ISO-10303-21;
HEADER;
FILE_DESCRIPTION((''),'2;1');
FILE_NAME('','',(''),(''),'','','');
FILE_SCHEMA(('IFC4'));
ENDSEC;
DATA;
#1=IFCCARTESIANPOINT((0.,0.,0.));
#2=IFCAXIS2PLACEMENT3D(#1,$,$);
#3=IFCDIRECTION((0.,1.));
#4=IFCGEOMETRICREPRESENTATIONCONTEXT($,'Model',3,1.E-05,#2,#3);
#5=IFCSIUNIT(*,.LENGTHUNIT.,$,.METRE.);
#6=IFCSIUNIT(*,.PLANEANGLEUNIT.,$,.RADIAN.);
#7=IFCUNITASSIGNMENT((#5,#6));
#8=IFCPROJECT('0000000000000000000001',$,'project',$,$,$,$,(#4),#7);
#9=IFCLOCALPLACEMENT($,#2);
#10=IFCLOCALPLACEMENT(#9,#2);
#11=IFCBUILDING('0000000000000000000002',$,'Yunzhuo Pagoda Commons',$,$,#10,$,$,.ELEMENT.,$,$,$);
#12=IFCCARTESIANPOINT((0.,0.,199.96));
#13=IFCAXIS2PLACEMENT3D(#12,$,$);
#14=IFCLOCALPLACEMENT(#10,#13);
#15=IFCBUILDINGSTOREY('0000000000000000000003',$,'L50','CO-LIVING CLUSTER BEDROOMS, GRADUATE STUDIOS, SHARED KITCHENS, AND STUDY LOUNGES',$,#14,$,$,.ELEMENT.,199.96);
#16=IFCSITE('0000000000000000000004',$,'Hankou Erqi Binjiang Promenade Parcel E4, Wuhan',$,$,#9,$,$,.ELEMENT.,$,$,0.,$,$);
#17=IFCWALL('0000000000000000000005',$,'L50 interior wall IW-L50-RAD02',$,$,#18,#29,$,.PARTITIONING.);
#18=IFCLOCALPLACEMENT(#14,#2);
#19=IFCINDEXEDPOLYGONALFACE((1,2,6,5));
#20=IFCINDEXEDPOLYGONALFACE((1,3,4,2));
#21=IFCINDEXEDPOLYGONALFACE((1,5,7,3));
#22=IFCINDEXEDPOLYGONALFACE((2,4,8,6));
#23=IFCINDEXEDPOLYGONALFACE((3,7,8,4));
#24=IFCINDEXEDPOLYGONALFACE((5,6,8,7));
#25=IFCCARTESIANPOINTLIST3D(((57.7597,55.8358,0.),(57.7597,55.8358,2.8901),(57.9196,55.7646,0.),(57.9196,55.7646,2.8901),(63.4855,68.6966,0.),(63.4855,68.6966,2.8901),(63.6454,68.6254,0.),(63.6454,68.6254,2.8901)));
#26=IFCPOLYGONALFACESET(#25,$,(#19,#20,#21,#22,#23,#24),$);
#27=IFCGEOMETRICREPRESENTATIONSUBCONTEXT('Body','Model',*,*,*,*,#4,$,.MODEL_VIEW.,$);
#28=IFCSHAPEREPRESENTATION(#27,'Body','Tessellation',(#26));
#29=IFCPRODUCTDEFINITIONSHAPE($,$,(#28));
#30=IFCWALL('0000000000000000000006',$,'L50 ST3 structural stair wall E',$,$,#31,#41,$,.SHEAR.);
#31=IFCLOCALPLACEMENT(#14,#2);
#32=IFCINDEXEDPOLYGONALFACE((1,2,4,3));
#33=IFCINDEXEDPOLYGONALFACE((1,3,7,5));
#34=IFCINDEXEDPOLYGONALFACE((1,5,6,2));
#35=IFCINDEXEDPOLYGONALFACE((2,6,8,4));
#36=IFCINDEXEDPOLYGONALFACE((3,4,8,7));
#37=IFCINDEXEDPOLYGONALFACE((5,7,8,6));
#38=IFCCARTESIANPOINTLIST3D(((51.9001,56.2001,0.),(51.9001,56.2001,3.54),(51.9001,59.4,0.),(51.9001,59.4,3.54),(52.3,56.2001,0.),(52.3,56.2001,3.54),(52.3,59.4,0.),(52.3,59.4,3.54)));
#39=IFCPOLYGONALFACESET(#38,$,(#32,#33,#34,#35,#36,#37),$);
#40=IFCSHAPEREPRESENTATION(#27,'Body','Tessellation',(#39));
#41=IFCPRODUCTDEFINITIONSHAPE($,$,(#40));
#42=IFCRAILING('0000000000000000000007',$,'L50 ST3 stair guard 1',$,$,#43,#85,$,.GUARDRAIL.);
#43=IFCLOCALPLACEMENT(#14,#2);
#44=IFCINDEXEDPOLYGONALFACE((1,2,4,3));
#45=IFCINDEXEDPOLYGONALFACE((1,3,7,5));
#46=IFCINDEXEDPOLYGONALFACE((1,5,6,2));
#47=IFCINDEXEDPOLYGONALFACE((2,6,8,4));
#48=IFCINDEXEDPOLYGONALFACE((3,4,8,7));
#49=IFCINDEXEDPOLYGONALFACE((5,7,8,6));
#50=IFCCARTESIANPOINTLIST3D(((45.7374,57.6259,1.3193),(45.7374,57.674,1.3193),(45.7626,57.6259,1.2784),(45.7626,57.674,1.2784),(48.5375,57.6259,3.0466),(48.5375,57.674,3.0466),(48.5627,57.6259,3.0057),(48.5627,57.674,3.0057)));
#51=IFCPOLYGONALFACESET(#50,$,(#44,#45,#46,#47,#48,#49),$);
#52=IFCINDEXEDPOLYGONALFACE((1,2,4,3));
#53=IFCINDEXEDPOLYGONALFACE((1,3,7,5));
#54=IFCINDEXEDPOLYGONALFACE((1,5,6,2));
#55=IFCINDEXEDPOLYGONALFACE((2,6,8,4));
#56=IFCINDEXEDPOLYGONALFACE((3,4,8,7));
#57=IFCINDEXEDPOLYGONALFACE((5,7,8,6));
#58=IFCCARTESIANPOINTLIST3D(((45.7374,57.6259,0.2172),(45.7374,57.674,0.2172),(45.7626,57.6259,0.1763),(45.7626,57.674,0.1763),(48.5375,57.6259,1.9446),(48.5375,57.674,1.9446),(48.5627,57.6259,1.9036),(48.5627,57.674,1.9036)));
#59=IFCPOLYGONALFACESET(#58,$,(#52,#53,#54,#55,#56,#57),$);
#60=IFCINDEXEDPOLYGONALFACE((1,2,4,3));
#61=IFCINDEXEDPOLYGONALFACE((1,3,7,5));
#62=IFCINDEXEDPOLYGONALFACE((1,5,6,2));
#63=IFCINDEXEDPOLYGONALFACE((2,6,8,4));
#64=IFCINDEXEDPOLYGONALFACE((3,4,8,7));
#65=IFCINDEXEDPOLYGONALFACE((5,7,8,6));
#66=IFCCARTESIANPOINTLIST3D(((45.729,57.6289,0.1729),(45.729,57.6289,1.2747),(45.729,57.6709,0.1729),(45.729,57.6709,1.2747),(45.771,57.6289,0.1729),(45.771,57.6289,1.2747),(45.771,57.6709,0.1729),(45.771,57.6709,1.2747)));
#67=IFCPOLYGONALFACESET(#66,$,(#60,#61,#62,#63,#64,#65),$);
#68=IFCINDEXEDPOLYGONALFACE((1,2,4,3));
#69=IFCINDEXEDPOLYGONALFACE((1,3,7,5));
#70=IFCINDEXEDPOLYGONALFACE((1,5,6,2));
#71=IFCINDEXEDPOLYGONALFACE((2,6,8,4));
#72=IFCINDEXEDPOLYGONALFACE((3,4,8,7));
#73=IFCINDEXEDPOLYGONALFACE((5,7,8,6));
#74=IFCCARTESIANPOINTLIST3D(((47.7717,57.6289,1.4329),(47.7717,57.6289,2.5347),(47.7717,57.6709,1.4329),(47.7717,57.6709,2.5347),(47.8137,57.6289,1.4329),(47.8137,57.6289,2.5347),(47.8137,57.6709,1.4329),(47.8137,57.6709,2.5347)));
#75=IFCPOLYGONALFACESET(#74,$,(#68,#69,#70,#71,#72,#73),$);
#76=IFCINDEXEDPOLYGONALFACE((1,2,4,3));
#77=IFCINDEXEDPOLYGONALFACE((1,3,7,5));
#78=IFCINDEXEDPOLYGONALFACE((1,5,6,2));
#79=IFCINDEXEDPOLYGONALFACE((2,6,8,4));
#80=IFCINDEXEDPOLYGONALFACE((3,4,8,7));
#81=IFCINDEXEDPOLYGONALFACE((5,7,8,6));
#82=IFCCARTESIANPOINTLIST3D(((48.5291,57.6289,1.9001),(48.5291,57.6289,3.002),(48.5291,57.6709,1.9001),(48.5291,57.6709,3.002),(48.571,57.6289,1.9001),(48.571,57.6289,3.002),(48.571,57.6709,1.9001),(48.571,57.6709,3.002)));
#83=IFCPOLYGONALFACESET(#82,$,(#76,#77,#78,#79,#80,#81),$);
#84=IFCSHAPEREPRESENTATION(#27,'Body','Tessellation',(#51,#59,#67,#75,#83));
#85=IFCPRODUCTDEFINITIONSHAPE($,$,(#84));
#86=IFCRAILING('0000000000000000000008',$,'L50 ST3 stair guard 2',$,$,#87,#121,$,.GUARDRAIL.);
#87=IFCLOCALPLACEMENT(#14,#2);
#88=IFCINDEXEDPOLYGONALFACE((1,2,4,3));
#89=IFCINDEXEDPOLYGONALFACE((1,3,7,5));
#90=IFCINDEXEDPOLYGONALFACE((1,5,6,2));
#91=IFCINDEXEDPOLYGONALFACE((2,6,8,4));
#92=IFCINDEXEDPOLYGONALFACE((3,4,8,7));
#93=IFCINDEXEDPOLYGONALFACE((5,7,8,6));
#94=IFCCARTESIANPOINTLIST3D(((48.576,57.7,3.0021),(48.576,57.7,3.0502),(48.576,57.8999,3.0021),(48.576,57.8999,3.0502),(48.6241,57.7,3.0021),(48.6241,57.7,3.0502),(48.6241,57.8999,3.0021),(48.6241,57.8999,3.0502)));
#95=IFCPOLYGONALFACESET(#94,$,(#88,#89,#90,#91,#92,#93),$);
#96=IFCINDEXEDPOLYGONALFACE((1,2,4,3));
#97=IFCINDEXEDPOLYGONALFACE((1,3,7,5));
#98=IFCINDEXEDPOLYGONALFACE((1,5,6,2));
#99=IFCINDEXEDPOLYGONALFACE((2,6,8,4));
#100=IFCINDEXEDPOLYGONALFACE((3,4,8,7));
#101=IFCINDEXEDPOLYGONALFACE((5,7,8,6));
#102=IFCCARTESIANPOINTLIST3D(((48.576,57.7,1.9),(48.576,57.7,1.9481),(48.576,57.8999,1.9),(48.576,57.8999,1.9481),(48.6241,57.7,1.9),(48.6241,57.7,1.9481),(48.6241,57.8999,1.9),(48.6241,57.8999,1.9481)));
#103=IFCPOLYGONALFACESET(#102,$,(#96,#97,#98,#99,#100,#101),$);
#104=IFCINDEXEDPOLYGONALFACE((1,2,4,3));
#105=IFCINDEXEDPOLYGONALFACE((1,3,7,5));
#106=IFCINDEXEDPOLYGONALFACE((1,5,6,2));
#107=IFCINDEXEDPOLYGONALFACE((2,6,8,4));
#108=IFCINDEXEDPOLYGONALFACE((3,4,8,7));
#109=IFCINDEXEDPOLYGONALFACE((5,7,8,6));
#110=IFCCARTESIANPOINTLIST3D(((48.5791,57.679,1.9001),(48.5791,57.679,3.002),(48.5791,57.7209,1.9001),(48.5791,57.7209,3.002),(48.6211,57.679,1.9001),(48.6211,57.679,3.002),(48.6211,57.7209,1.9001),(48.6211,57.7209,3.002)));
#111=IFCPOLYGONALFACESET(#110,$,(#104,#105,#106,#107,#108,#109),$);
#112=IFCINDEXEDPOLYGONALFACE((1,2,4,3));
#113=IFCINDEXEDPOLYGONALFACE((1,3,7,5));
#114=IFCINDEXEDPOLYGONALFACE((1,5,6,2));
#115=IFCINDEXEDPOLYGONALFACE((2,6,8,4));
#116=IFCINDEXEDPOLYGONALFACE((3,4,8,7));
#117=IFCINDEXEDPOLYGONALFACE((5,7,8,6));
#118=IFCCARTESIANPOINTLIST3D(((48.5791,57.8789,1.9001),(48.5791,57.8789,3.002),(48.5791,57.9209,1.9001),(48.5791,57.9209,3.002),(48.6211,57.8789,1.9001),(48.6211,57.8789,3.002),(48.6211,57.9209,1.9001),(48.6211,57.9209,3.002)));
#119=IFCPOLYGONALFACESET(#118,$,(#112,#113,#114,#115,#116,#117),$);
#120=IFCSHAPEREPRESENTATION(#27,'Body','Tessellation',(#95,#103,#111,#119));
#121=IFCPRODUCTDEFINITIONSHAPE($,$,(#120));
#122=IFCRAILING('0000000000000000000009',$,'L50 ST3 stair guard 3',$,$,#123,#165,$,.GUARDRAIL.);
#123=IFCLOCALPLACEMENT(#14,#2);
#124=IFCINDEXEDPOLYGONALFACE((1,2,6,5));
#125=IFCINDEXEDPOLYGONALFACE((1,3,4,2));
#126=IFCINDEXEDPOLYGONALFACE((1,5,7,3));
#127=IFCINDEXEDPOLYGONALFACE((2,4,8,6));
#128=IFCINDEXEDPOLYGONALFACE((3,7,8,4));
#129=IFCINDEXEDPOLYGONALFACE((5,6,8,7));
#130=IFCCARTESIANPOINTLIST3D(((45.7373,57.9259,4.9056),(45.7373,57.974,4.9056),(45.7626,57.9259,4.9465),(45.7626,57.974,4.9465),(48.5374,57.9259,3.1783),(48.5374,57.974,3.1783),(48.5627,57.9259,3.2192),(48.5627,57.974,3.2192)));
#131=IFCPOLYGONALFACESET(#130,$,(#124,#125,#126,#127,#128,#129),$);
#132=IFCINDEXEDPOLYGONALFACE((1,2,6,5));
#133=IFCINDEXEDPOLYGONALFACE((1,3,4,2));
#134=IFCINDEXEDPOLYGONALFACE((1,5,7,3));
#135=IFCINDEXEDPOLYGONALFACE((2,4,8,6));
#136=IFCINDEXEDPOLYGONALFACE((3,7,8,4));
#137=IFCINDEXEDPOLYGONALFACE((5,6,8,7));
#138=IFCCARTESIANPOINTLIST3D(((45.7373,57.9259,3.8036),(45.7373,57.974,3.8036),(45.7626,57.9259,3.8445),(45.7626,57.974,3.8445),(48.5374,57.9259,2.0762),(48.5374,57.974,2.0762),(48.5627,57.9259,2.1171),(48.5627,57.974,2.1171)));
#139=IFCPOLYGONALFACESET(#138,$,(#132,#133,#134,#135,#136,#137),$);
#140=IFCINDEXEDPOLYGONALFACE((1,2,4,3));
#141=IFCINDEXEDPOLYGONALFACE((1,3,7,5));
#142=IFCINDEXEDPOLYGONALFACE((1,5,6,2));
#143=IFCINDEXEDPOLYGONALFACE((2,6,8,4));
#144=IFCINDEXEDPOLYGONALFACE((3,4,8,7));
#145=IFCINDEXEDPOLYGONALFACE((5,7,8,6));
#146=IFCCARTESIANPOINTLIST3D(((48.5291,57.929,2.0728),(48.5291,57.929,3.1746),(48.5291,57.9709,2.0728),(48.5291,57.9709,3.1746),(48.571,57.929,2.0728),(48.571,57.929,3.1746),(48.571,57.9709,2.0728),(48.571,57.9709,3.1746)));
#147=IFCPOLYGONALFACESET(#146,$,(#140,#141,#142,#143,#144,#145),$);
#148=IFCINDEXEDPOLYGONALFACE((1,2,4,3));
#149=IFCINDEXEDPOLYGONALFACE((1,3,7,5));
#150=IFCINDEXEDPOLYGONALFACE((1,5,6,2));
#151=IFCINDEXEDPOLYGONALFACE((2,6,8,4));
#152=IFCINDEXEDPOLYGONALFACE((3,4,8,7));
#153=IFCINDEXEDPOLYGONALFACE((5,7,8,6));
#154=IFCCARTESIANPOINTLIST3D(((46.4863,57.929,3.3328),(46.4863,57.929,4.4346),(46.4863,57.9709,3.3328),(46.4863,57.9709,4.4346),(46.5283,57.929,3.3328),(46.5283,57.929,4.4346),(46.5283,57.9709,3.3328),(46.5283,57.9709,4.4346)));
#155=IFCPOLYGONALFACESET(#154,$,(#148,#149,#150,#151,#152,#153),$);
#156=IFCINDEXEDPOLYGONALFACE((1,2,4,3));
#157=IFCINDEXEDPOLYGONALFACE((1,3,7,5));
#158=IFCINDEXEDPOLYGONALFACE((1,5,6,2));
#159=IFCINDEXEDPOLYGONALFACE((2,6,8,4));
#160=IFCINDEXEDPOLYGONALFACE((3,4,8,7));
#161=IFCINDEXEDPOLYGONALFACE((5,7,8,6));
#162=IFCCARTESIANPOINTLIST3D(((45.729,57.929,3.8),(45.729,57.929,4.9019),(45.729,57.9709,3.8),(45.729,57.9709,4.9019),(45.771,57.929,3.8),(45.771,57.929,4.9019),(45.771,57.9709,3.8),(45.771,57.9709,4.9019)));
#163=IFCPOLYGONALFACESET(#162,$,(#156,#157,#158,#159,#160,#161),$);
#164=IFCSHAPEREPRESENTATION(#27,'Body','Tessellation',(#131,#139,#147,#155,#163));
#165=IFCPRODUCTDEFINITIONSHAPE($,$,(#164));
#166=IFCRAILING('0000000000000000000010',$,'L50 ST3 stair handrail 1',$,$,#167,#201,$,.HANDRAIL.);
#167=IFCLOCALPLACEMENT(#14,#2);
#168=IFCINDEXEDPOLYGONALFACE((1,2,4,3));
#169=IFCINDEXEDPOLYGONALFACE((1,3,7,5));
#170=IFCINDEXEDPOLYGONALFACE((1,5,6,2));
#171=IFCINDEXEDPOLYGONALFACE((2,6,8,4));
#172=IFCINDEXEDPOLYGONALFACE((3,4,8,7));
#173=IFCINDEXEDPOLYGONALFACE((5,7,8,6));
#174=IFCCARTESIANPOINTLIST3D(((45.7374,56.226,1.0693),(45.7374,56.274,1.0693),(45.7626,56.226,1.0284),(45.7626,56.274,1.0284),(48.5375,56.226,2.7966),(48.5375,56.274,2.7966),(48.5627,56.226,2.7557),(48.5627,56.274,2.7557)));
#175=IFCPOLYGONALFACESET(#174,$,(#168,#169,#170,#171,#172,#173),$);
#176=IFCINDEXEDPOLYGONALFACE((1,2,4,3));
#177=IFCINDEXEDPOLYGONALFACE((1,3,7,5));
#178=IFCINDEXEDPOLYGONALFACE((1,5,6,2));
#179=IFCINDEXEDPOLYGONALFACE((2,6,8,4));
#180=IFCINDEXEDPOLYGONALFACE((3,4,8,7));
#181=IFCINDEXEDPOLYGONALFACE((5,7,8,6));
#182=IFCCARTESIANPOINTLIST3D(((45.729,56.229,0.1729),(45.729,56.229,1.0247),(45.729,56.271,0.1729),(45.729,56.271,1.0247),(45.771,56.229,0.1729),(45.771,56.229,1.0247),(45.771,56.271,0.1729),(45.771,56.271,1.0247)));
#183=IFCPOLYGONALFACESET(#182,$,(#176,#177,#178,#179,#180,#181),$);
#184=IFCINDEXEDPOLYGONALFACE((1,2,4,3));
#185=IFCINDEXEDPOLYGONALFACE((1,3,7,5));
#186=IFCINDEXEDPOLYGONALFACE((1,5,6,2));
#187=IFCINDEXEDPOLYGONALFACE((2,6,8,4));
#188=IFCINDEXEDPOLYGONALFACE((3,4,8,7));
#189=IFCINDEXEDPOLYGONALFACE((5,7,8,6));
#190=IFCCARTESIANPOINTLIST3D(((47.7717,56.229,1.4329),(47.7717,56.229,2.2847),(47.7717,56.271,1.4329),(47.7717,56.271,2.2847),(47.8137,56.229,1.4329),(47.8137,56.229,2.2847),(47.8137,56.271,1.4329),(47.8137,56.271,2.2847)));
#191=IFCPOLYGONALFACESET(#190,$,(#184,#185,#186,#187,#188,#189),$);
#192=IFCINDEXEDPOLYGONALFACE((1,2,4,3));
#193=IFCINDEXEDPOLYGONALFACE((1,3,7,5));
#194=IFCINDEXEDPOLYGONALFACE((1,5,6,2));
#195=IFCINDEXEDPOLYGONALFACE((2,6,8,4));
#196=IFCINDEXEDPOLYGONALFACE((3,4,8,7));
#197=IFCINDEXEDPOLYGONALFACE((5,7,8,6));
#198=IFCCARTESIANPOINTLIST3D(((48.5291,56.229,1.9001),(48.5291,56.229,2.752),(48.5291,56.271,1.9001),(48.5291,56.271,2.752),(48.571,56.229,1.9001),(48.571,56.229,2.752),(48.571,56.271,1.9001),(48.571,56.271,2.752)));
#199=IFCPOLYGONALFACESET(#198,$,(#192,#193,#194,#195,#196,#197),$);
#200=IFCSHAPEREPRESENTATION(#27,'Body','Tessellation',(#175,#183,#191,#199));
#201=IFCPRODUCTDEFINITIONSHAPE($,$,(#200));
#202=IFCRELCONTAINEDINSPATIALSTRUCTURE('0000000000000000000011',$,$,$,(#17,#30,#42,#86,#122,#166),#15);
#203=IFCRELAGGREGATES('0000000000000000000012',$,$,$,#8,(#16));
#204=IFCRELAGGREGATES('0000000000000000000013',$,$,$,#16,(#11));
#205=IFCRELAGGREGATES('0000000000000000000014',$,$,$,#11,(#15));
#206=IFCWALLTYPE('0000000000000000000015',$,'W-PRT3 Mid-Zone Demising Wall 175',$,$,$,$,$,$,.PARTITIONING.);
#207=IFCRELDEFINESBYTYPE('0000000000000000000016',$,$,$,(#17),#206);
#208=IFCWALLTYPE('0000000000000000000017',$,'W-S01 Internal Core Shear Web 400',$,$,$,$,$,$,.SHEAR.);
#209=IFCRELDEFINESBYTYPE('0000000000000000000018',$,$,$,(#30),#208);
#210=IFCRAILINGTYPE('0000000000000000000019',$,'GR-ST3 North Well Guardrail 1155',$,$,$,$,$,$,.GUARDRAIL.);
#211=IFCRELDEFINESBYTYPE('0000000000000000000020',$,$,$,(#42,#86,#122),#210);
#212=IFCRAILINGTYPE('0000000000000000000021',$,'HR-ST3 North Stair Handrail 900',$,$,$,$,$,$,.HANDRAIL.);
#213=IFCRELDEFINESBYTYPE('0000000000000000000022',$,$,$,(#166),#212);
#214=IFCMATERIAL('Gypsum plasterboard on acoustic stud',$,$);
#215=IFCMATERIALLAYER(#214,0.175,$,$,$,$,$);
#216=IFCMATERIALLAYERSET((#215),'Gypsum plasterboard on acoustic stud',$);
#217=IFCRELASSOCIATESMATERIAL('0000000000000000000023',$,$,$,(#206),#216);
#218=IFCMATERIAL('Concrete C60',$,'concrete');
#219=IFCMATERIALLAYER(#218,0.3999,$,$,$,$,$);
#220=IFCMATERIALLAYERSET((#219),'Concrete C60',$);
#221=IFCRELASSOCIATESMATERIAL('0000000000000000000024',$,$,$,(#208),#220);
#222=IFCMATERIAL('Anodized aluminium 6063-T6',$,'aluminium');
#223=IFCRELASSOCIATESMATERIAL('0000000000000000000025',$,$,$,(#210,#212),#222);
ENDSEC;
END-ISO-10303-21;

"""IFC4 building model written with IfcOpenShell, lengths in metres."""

from ifc_helpers import new_model, si_unit, direction, frame, frame_2d, origin, origin_2d, place, context, subcontext, project, spatial, rectangle, extrude, material, layer, layer_set, type_object, element, save


model = new_model("IFC4")

# Units and contexts
model_context = context("Model", 3, precision=1e-05, world=origin(), true_north=direction((0.0, 1.0)))
body_context = subcontext(model_context, "Body", "Model", "MODEL_VIEW")
ifc_project = project(units=[si_unit("LENGTHUNIT", "METRE"), si_unit("PLANEANGLEUNIT", "RADIAN")], contexts=[model_context])

# Site, building, storey
site_placement = place(None, origin())
site = spatial("IfcSite", under=ifc_project, at=site_placement, Name="Hankou Erqi Binjiang Promenade Parcel E4, Wuhan", CompositionType="ELEMENT", RefElevation=0.0)
building_placement = place(site_placement, origin())
building = spatial("IfcBuilding", under=site, at=building_placement, Name="Yunzhuo Pagoda Commons", CompositionType="ELEMENT")
storey_placement = place(building_placement, frame((0.0, 0.0, 199.96)))
storey = spatial("IfcBuildingStorey", under=building, at=storey_placement, Name="L50", Description="CO-LIVING CLUSTER BEDROOMS, GRADUATE STUDIOS, SHARED KITCHENS, AND STUDY LOUNGES", CompositionType="ELEMENT", Elevation=199.96)

# Shared definitions
ifc_material_1 = material(Name="Anodized aluminium 6063-T6", Category="aluminium")

# Shared definitions
ifc_material_2 = material(Name="Gypsum plasterboard on acoustic stud")

# Walls
ifc_layer_1 = layer(ifc_material_2, 0.175)
ifc_layer_set_1 = layer_set([ifc_layer_1], Name="Gypsum plasterboard on acoustic stud")
wall_type_1 = type_object("IfcWallType", Name="W-PRT3 Mid-Zone Demising Wall 175", PredefinedType="PARTITIONING", material=ifc_layer_set_1)
wall_1_placement = place(storey_placement, frame((57.8396, 55.8, 0.0), z_axis=(0.0, 0.0, 1.0), x_axis=(0.406726, 0.91355, 0.0)))
element("IfcWall", 1, at=wall_1_placement, inside=storey, type_object=wall_type_1, Name="L50 interior wall IW-L50-RAD02", PredefinedType="PARTITIONING", context=body_context, shape_type="SweptSolid", body=[
    extrude(rectangle(XDim=14.0779, YDim=0.175, at=frame_2d((7.0391, 0.0))), origin(), (0.0, 0.0, 1.0), 2.8901),
])
ifc_material_3 = material(Name="Concrete C60", Category="concrete")
ifc_layer_2 = layer(ifc_material_3, 0.3999)
ifc_layer_set_2 = layer_set([ifc_layer_2], Name="Concrete C60")
wall_type_2 = type_object("IfcWallType", Name="W-S01 Internal Core Shear Web 400", PredefinedType="SHEAR", material=ifc_layer_set_2)
wall_2_placement = place(storey_placement, frame((52.1001, 56.2, 0.0), z_axis=(0.0, 0.0, 1.0), x_axis=(0.0, 1.0, 0.0)))
element("IfcWall", 2, at=wall_2_placement, inside=storey, type_object=wall_type_2, Name="L50 ST3 structural stair wall E", PredefinedType="SHEAR", context=body_context, shape_type="SweptSolid", body=[
    extrude(rectangle(XDim=3.2, YDim=0.3999, at=frame_2d((1.6001, 0.0))), origin(), (0.0, 0.0, 1.0), 3.54),
])

# Railings
railing_type_1 = type_object("IfcRailingType", Name="GR-ST3 North Well Guardrail 1155", PredefinedType="GUARDRAIL", material=ifc_material_1)
railing_1_placement = place(storey_placement, frame((45.75, 57.6499, 0.1729)))
element("IfcRailing", 3, at=railing_1_placement, inside=storey, type_object=railing_type_1, Name="L50 ST3 stair guard 1", PredefinedType="GUARDRAIL", context=body_context, shape_type="SweptSolid", body=[
    extrude(rectangle(XDim=0.0481, YDim=0.0481, at=origin_2d()), frame((0.0, 0.0, 1.126), z_axis=(0.85109, 0.0, 0.52502), x_axis=(0.0, 1.0, 0.0)), (0.0, 0.0, 1.0), 3.29),
    extrude(rectangle(XDim=0.0481, YDim=0.0481, at=origin_2d()), frame((0.0, 0.0, 0.0239), z_axis=(0.85109, 0.0, 0.52502), x_axis=(0.0, 1.0, 0.0)), (0.0, 0.0, 1.0), 3.29),
    extrude(rectangle(XDim=0.042, YDim=0.042, at=origin_2d()), origin(), (0.0, 0.0, 1.0), 1.1018),
    extrude(rectangle(XDim=0.042, YDim=0.042, at=origin_2d()), frame((2.0427, 0.0, 1.26)), (0.0, 0.0, 1.0), 1.1018),
    extrude(rectangle(XDim=0.042, YDim=0.042, at=origin_2d()), frame((2.8, 0.0, 1.7273)), (0.0, 0.0, 1.0), 1.1018),
])
railing_2_placement = place(storey_placement, frame((48.6001, 57.7, 1.9001)))
element("IfcRailing", 4, at=railing_2_placement, inside=storey, type_object=railing_type_1, Name="L50 ST3 stair guard 2", PredefinedType="GUARDRAIL", context=body_context, shape_type="SweptSolid", body=[
    extrude(rectangle(XDim=0.0481, YDim=0.0481, at=origin_2d()), frame((0.0, 0.0, 1.126), z_axis=(0.0, 1.0, 0.0), x_axis=(-1.0, 0.0, 0.0)), (0.0, 0.0, 1.0), 0.2),
    extrude(rectangle(XDim=0.0481, YDim=0.0481, at=origin_2d()), frame((0.0, 0.0, 0.0239), z_axis=(0.0, 1.0, 0.0), x_axis=(-1.0, 0.0, 0.0)), (0.0, 0.0, 1.0), 0.2),
    extrude(rectangle(XDim=0.042, YDim=0.042, at=origin_2d()), origin(), (0.0, 0.0, 1.0), 1.1018),
    extrude(rectangle(XDim=0.042, YDim=0.042, at=origin_2d()), frame((0.0, 0.2, 0.0)), (0.0, 0.0, 1.0), 1.1018),
])
railing_3_placement = place(storey_placement, frame((48.55, 57.95, 2.0728)))
element("IfcRailing", 5, at=railing_3_placement, inside=storey, type_object=railing_type_1, Name="L50 ST3 stair guard 3", PredefinedType="GUARDRAIL", context=body_context, shape_type="SweptSolid", body=[
    extrude(rectangle(XDim=0.0481, YDim=0.0481, at=origin_2d()), frame((0.0, 0.0, 1.126), z_axis=(-0.85109, 0.0, 0.52502), x_axis=(0.0, -1.0, 0.0)), (0.0, 0.0, 1.0), 3.29),
    extrude(rectangle(XDim=0.0481, YDim=0.0481, at=origin_2d()), frame((0.0, 0.0, 0.0239), z_axis=(-0.85109, 0.0, 0.52502), x_axis=(0.0, -1.0, 0.0)), (0.0, 0.0, 1.0), 3.29),
    extrude(rectangle(XDim=0.042, YDim=0.042, at=origin_2d()), origin(), (0.0, 0.0, 1.0), 1.1018),
    extrude(rectangle(XDim=0.042, YDim=0.042, at=origin_2d()), frame((-2.0427, 0.0, 1.26)), (0.0, 0.0, 1.0), 1.1018),
    extrude(rectangle(XDim=0.042, YDim=0.042, at=origin_2d()), frame((-2.8, 0.0, 1.7273)), (0.0, 0.0, 1.0), 1.1018),
])
railing_type_2 = type_object("IfcRailingType", Name="HR-ST3 North Stair Handrail 900", PredefinedType="HANDRAIL", material=ifc_material_1)
railing_4_placement = place(storey_placement, frame((45.75, 56.25, 0.1729)))
element("IfcRailing", 6, at=railing_4_placement, inside=storey, type_object=railing_type_2, Name="L50 ST3 stair handrail 1", PredefinedType="HANDRAIL", context=body_context, shape_type="SweptSolid", body=[
    extrude(rectangle(XDim=0.0481, YDim=0.0481, at=origin_2d()), frame((0.0, 0.0, 0.876), z_axis=(0.85109, 0.0, 0.52502), x_axis=(0.0, 1.0, 0.0)), (0.0, 0.0, 1.0), 3.29),
    extrude(rectangle(XDim=0.042, YDim=0.042, at=origin_2d()), origin(), (0.0, 0.0, 1.0), 0.8518),
    extrude(rectangle(XDim=0.042, YDim=0.042, at=origin_2d()), frame((2.0427, 0.0, 1.26)), (0.0, 0.0, 1.0), 0.8518),
    extrude(rectangle(XDim=0.042, YDim=0.042, at=origin_2d()), frame((2.8, 0.0, 1.7273)), (0.0, 0.0, 1.0), 0.8518),
])

save(model, "model.ifc")
